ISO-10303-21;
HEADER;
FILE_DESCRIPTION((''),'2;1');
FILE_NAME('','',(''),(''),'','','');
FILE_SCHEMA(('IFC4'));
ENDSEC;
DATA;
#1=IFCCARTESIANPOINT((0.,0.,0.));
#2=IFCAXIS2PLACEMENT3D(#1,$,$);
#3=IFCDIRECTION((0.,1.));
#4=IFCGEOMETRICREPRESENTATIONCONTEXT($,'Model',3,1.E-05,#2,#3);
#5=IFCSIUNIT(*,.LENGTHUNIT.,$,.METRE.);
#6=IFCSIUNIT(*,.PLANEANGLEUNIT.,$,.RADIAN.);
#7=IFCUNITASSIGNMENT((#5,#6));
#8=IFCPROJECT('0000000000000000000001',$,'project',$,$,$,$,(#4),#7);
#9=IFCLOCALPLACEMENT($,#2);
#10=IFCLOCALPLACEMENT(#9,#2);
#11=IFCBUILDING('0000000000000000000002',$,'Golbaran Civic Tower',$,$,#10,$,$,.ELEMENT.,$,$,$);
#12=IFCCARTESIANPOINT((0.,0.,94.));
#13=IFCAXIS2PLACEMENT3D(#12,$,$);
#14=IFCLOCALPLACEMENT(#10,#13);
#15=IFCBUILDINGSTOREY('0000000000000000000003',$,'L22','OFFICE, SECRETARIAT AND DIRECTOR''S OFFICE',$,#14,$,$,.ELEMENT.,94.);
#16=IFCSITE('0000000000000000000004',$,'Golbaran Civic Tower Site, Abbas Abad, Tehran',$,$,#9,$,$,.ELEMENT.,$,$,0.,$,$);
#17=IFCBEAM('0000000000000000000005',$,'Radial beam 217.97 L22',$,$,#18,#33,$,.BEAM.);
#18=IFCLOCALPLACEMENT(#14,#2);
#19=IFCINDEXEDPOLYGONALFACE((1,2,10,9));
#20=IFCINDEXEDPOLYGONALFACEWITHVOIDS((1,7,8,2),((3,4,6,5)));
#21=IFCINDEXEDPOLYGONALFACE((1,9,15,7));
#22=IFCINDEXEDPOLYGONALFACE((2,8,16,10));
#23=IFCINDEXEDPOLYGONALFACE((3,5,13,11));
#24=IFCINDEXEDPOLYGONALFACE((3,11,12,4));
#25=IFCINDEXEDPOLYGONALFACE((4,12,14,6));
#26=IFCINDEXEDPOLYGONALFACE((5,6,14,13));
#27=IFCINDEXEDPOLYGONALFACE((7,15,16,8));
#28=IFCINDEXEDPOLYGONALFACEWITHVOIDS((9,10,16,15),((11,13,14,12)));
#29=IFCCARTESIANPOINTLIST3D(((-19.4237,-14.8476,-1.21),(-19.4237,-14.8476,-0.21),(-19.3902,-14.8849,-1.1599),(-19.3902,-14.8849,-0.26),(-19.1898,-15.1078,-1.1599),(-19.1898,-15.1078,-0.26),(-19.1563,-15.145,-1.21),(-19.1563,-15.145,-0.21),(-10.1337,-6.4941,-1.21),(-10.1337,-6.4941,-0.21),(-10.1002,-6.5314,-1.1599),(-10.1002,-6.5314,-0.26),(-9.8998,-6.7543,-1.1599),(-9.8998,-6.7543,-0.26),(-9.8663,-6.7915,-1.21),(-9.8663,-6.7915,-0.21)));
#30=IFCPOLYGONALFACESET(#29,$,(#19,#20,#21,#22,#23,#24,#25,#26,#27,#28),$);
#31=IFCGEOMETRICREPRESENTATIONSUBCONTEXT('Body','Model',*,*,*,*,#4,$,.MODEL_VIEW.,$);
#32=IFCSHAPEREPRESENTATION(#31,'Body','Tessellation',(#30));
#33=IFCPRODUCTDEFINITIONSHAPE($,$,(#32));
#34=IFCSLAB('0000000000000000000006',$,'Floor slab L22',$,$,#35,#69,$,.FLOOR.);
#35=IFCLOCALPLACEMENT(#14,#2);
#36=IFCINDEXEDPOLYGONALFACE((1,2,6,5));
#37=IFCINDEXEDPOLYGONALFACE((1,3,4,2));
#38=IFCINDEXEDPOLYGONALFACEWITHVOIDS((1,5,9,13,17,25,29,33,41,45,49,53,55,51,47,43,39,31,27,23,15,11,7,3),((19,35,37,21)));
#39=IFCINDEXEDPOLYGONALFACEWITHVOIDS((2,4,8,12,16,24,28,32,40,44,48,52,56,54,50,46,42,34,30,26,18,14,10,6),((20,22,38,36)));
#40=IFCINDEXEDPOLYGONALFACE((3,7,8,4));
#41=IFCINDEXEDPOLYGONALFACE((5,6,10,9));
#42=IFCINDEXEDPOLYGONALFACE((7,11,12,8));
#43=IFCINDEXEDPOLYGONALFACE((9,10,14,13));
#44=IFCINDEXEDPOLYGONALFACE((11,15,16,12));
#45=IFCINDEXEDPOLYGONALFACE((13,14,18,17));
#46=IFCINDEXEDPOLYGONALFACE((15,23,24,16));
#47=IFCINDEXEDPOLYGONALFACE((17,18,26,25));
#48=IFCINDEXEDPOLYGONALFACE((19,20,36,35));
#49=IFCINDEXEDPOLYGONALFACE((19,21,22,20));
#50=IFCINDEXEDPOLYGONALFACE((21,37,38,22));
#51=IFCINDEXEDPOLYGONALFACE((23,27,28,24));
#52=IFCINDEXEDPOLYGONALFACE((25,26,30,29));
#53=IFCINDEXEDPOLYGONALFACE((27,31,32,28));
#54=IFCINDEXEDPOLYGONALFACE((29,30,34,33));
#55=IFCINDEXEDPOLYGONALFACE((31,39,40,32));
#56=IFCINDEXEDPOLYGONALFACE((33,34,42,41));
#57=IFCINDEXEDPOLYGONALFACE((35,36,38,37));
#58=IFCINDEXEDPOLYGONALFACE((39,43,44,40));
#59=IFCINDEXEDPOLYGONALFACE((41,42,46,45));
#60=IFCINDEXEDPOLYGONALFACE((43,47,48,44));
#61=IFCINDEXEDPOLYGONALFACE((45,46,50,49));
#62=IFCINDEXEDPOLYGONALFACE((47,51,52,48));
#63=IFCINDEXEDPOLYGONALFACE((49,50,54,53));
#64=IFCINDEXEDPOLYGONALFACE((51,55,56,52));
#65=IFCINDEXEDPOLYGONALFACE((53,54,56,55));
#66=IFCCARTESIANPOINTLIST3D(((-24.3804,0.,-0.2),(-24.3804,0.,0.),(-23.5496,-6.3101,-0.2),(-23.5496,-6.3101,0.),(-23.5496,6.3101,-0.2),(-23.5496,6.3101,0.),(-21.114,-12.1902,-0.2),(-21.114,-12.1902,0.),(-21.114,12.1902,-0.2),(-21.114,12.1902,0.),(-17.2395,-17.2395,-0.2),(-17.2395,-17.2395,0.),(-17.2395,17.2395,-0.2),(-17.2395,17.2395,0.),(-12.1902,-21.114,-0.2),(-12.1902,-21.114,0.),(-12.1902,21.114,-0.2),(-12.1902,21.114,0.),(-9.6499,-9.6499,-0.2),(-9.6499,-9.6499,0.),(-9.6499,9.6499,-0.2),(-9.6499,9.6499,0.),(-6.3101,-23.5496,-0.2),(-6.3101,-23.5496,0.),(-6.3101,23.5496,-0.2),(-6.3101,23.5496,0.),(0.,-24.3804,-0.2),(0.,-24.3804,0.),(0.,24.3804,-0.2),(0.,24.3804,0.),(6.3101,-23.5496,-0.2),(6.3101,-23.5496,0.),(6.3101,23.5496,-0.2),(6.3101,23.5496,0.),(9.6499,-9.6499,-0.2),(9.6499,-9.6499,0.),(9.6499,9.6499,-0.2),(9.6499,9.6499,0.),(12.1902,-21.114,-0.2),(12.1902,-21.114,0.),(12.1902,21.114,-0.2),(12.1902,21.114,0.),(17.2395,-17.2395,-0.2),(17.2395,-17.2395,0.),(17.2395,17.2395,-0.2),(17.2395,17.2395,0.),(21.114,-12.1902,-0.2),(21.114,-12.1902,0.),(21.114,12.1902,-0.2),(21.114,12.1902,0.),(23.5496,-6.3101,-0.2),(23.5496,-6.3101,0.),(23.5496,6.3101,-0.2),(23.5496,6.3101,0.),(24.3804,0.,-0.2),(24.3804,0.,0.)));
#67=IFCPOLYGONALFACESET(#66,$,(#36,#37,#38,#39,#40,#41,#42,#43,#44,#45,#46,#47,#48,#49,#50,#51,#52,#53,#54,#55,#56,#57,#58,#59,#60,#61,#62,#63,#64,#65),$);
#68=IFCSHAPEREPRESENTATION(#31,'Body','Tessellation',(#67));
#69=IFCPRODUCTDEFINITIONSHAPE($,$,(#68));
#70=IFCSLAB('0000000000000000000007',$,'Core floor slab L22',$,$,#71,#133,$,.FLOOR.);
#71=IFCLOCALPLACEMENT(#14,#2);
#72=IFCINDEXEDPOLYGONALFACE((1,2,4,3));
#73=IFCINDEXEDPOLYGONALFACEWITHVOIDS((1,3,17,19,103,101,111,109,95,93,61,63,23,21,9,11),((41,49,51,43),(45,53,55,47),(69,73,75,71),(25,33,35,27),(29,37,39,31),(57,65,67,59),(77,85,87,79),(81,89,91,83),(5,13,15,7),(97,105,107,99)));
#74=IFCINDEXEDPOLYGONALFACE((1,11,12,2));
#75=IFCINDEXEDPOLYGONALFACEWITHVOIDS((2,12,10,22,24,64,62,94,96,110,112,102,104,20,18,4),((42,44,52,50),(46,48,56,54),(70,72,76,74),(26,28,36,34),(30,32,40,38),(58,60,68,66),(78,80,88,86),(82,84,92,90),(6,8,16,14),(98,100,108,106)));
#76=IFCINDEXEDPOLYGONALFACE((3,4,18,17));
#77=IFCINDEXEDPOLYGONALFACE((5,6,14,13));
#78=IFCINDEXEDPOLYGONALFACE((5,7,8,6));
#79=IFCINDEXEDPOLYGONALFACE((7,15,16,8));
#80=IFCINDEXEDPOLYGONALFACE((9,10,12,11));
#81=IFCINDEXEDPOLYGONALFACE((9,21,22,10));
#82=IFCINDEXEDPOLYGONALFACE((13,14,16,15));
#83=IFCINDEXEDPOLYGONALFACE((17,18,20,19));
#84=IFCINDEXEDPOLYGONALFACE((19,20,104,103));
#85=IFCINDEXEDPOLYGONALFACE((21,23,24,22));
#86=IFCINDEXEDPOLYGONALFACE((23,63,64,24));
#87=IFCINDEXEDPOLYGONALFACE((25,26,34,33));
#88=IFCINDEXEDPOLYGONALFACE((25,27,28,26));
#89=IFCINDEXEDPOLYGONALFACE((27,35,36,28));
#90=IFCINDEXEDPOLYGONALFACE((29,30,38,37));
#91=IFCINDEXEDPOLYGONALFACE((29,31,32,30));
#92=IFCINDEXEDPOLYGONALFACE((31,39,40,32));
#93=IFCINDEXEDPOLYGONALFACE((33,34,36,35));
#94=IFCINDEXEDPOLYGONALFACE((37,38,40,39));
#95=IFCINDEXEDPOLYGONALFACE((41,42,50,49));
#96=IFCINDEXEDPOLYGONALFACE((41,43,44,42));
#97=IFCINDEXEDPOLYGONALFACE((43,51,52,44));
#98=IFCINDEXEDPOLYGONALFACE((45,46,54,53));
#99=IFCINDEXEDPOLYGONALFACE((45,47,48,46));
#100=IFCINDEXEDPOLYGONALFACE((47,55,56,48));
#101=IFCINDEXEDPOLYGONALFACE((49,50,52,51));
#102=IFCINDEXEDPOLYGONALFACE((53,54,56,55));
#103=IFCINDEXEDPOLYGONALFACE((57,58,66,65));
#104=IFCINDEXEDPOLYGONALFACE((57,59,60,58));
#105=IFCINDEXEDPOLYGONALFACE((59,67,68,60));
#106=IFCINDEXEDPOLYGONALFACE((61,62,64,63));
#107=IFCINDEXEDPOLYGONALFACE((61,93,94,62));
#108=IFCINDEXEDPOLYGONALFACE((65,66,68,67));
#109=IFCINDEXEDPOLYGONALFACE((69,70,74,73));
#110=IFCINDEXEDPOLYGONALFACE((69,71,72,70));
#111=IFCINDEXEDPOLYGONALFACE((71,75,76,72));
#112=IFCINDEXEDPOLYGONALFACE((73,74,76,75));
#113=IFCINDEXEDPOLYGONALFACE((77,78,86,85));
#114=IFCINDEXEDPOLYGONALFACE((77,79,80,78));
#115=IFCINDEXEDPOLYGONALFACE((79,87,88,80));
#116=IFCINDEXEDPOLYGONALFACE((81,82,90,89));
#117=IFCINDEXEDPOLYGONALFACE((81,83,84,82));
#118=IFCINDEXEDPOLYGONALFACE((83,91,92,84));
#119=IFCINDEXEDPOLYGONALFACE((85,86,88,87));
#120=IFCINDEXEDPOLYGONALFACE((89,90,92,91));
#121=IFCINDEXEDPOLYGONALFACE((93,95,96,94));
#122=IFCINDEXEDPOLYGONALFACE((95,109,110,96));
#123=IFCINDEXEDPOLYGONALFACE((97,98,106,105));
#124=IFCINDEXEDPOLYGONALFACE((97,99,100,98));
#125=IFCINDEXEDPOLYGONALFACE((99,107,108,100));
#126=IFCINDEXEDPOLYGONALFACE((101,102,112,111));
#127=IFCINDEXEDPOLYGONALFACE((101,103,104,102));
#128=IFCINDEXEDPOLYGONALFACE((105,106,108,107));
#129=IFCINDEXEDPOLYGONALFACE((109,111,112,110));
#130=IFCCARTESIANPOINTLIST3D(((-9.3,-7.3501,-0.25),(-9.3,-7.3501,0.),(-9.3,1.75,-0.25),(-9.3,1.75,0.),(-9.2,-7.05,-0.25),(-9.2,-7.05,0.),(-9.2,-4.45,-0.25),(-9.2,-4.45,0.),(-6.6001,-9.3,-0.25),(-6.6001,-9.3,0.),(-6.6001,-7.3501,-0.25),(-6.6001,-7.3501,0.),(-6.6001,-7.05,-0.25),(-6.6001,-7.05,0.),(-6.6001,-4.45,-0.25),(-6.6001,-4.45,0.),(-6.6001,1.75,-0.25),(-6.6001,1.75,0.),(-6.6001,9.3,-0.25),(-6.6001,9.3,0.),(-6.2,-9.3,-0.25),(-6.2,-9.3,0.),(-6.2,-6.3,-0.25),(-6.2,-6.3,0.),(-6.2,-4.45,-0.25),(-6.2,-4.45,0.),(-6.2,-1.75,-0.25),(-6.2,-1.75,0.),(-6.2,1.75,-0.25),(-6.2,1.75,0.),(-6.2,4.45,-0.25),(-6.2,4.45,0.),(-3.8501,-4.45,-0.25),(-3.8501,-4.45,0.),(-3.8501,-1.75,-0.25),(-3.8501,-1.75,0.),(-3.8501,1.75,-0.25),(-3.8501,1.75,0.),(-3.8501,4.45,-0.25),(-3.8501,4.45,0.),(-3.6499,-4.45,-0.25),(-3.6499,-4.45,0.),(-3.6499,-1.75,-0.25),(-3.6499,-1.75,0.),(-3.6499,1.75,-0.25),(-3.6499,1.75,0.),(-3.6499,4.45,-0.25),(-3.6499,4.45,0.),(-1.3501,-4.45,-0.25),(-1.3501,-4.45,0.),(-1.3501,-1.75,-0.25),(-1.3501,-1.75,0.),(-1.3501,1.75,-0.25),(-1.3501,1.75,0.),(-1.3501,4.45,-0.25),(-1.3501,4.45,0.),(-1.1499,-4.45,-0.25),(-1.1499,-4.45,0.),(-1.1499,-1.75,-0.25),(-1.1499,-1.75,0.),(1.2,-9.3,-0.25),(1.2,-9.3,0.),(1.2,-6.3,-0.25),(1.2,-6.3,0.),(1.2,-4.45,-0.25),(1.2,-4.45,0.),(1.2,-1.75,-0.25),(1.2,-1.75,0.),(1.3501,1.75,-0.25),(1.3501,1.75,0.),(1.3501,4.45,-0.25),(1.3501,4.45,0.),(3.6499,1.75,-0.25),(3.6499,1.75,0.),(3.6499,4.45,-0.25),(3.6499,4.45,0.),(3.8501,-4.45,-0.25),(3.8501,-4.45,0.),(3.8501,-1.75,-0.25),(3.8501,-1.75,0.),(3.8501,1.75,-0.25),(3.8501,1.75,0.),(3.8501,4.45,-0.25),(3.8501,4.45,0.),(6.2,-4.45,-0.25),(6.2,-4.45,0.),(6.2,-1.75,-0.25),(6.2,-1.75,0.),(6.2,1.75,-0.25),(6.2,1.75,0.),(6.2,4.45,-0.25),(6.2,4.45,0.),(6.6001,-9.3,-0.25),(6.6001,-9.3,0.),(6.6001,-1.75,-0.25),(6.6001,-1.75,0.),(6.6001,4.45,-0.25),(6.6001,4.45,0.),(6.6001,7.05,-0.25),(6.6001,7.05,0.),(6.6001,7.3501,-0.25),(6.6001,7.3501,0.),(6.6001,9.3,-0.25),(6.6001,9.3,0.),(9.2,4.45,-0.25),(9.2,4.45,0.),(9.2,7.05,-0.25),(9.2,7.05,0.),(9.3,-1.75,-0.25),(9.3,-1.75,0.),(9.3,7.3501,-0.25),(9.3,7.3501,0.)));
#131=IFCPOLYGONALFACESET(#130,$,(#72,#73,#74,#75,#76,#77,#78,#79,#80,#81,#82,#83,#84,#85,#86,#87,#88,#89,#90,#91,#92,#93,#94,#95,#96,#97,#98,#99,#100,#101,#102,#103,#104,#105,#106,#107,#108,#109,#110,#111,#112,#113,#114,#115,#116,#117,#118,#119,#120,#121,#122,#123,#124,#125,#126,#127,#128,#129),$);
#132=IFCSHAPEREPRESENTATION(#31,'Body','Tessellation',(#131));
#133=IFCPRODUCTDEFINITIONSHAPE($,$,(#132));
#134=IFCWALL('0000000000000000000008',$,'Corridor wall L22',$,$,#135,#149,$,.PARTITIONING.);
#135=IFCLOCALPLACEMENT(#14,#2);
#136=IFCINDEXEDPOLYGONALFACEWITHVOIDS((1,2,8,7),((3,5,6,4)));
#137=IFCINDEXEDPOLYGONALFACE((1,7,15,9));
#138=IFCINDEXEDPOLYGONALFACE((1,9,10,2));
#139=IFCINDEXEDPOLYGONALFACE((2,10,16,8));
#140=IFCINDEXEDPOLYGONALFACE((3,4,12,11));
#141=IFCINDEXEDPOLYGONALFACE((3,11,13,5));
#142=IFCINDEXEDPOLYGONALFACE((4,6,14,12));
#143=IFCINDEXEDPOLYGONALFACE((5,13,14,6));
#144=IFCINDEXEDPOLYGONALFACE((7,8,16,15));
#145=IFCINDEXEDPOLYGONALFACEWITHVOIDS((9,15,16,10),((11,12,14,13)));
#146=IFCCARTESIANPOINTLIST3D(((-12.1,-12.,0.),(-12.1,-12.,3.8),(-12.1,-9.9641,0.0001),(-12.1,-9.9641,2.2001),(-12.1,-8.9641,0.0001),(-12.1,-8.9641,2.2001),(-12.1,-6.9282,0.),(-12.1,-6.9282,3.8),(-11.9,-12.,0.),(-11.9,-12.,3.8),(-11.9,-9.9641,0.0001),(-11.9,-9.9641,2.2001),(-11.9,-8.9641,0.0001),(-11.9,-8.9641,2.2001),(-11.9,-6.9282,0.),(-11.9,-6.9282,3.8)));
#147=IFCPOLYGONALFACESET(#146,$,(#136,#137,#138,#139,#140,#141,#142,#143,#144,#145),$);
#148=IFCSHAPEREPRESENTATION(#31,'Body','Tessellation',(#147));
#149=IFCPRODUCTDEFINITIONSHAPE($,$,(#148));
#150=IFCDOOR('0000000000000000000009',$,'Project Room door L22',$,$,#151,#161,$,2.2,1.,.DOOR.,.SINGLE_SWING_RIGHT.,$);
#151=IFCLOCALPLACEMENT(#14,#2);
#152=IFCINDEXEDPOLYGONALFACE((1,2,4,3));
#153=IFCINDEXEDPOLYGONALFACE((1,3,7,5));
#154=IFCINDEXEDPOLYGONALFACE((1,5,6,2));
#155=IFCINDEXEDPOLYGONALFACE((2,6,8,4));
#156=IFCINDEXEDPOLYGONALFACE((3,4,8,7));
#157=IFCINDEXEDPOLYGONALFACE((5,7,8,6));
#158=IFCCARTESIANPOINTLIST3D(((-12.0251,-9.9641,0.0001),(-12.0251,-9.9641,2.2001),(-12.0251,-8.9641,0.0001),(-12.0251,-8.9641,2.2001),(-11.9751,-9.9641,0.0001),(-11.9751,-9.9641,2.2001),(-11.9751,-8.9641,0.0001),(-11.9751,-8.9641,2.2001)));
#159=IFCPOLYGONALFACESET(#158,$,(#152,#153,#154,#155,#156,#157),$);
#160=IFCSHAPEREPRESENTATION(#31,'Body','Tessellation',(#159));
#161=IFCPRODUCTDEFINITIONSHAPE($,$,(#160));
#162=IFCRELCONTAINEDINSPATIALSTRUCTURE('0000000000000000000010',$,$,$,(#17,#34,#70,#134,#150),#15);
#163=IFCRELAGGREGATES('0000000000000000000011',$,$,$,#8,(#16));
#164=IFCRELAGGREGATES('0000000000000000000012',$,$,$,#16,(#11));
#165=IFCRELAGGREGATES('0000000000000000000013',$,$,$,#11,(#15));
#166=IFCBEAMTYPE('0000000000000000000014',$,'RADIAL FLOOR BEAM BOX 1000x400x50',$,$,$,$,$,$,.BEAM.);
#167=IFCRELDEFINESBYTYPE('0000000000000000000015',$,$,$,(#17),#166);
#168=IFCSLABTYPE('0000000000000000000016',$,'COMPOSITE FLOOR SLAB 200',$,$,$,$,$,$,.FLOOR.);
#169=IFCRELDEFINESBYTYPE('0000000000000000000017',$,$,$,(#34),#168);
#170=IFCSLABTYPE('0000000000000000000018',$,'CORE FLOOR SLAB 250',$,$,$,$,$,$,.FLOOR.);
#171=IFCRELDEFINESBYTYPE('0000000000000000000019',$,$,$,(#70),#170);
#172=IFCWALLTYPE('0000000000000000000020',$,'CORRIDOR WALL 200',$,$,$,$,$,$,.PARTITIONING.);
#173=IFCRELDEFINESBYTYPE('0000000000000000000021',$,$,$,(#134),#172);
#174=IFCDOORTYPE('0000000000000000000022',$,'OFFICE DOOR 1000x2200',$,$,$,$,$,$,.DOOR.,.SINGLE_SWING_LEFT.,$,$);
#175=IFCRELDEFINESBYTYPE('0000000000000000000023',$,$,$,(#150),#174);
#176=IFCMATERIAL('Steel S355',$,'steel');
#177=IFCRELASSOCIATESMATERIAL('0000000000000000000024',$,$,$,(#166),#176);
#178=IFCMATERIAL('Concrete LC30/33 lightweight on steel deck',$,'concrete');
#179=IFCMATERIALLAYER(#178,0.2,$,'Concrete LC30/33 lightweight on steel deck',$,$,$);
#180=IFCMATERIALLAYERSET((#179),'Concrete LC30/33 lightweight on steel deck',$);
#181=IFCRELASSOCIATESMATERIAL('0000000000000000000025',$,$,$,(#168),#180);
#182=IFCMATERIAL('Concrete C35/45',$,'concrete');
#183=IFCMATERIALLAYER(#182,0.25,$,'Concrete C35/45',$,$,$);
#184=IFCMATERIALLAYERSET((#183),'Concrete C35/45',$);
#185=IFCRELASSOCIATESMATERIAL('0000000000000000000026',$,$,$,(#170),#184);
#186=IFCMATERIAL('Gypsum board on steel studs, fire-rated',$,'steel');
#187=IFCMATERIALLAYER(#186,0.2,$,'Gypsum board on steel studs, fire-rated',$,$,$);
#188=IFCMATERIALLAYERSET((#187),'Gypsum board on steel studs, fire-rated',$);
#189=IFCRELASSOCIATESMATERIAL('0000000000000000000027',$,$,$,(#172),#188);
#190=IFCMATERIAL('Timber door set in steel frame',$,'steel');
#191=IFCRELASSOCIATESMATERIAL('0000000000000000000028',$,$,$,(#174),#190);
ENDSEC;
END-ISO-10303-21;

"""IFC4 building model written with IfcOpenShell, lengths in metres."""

from ifc_helpers import new_model, si_unit, direction, frame, frame_2d, origin, origin_2d, place, context, subcontext, project, spatial, polyline, rectangle, hollow_rectangle, outline, extrude, material, layer, layer_set, material_profile, profile_set, type_object, element, fill, save


model = new_model("IFC4")

# Units and contexts
model_context = context("Model", 3, precision=1e-05, world=origin(), true_north=direction((0.0, 1.0)))
body_context = subcontext(model_context, "Body", "Model", "MODEL_VIEW")
ifc_project = project(units=[si_unit("LENGTHUNIT", "METRE"), si_unit("PLANEANGLEUNIT", "RADIAN")], contexts=[model_context])

# Site, building, storey
site_placement = place(None, origin())
site = spatial("IfcSite", under=ifc_project, at=site_placement, Name="Golbaran Civic Tower Site, Abbas Abad, Tehran", CompositionType="ELEMENT", RefElevation=0.0)
building_placement = place(site_placement, origin())
building = spatial("IfcBuilding", under=site, at=building_placement, Name="Golbaran Civic Tower", CompositionType="ELEMENT")
storey_placement = place(building_placement, frame((0.0, 0.0, 94.0)))
storey = spatial("IfcBuildingStorey", under=building, at=storey_placement, Name="L22", Description="OFFICE, SECRETARIAT AND DIRECTOR'S OFFICE", CompositionType="ELEMENT", Elevation=94.0)

# Beam
ifc_material_1 = material(Name="Steel S355", Category="steel")
ifc_material_profile_1 = material_profile(ifc_material_1, hollow_rectangle(XDim=0.3999, YDim=1.0, WallThickness=0.05, at=origin_2d()), Name="BOX 1000x400x50")
ifc_profile_set_1 = profile_set([ifc_material_profile_1], Name="Steel S355")
beam_type_1 = type_object("IfcBeamType", Name="RADIAL FLOOR BEAM BOX 1000x400x50", PredefinedType="BEAM", material=ifc_profile_set_1)
beam_1_placement = place(storey_placement, frame((-10.0, -6.6428, -0.71), z_axis=(-0.743593, -0.668632, 0.0), x_axis=(0.668632, -0.743593, 0.0)))
element("IfcBeam", 1, at=beam_1_placement, inside=storey, type_object=beam_type_1, Name="Radial beam 217.97 L22", PredefinedType="BEAM", context=body_context, shape_type="SweptSolid", body=[
    extrude(hollow_rectangle(XDim=0.3999, YDim=1.0, WallThickness=0.05, at=origin_2d()), origin(), (0.0, 0.0, 1.0), 12.4934),
])

# Slabs
ifc_material_2 = material(Name="Concrete LC30/33 lightweight on steel deck", Category="concrete")
ifc_layer_1 = layer(ifc_material_2, 0.2, Name="Concrete LC30/33 lightweight on steel deck")
ifc_layer_set_1 = layer_set([ifc_layer_1], Name="Concrete LC30/33 lightweight on steel deck")
slab_type_1 = type_object("IfcSlabType", Name="COMPOSITE FLOOR SLAB 200", PredefinedType="FLOOR", material=ifc_layer_set_1)
slab_1_placement = place(storey_placement, frame((0.0, 0.0, -0.2)))
element("IfcSlab", 2, at=slab_1_placement, inside=storey, type_object=slab_type_1, Name="Floor slab L22", PredefinedType="FLOOR", context=body_context, shape_type="SweptSolid", body=[
    extrude(outline(polyline([(21.114, -12.1902), (17.2395, -17.2395), (12.1902, -21.114), (6.3101, -23.5496), (0.0, -24.3804), (-6.3101, -23.5496), (-12.1902, -21.114), (-17.2395, -17.2395), (-21.114, -12.1902), (-23.5496, -6.3101), (-24.3804, 0.0), (-23.5496, 6.3101), (-21.114, 12.1902), (-17.2395, 17.2395), (-12.1902, 21.114), (-6.3101, 23.5496), (0.0, 24.3804), (6.3101, 23.5496), (12.1902, 21.114), (17.2395, 17.2395), (21.114, 12.1902), (23.5496, 6.3101), (24.3804, 0.0), (23.5496, -6.3101), (21.114, -12.1902)]), holes=[polyline([(-9.6499, 9.6499), (-9.6499, -9.6499), (9.6499, -9.6499), (9.6499, 9.6499), (-9.6499, 9.6499)])]), origin(), (0.0, 0.0, 1.0), 0.2),
])
ifc_material_3 = material(Name="Concrete C35/45", Category="concrete")
ifc_layer_2 = layer(ifc_material_3, 0.25, Name="Concrete C35/45")
ifc_layer_set_2 = layer_set([ifc_layer_2], Name="Concrete C35/45")
slab_type_2 = type_object("IfcSlabType", Name="CORE FLOOR SLAB 250", PredefinedType="FLOOR", material=ifc_layer_set_2)
slab_2_placement = place(storey_placement, frame((0.0, 0.0, -0.25)))
element("IfcSlab", 3, at=slab_2_placement, inside=storey, type_object=slab_type_2, Name="Core floor slab L22", PredefinedType="FLOOR", context=body_context, shape_type="SweptSolid", body=[
    extrude(outline(polyline([(6.6001, -1.75), (6.6001, -9.3), (1.2, -9.3), (1.2, -6.3), (-6.2, -6.3), (-6.2, -9.3), (-6.6001, -9.3), (-6.6001, -7.3501), (-9.3, -7.3501), (-9.3, 1.75), (-6.6001, 1.75), (-6.6001, 9.3), (6.6001, 9.3), (6.6001, 7.3501), (9.3, 7.3501), (9.3, -1.75), (6.6001, -1.75)]), holes=[polyline([(9.2, 7.05), (6.6001, 7.05), (6.6001, 4.45), (9.2, 4.45), (9.2, 7.05)]), polyline([(6.2, -1.75), (3.8501, -1.75), (3.8501, -4.45), (6.2, -4.45), (6.2, -1.75)]), polyline([(6.2, 4.45), (3.8501, 4.45), (3.8501, 1.75), (6.2, 1.75), (6.2, 4.45)]), polyline([(3.6499, 4.45), (1.3501, 4.45), (1.3501, 1.75), (3.6499, 1.75), (3.6499, 4.45)]), polyline([(1.2, -1.75), (-1.1499, -1.75), (-1.1499, -4.45), (1.2, -4.45), (1.2, -1.75)]), polyline([(-1.3501, 4.45), (-3.6499, 4.45), (-3.6499, 1.75), (-1.3501, 1.75), (-1.3501, 4.45)]), polyline([(-1.3501, -1.75), (-3.6499, -1.75), (-3.6499, -4.45), (-1.3501, -4.45), (-1.3501, -1.75)]), polyline([(-3.8501, -1.75), (-6.2, -1.75), (-6.2, -4.45), (-3.8501, -4.45), (-3.8501, -1.75)]), polyline([(-3.8501, 4.45), (-6.2, 4.45), (-6.2, 1.75), (-3.8501, 1.75), (-3.8501, 4.45)]), polyline([(-6.6001, -4.45), (-9.2, -4.45), (-9.2, -7.05), (-6.6001, -7.05), (-6.6001, -4.45)])]), origin(), (0.0, 0.0, 1.0), 0.25),
])

# Wall, opening, door
ifc_material_4 = material(Name="Gypsum board on steel studs, fire-rated", Category="steel")
ifc_layer_3 = layer(ifc_material_4, 0.2, Name="Gypsum board on steel studs, fire-rated")
ifc_layer_set_3 = layer_set([ifc_layer_3], Name="Gypsum board on steel studs, fire-rated")
wall_type_1 = type_object("IfcWallType", Name="CORRIDOR WALL 200", PredefinedType="PARTITIONING", material=ifc_layer_set_3)
wall_1_placement = place(storey_placement, frame((-12.0, -6.9282, 0.0), z_axis=(0.0, 0.0, 1.0), x_axis=(0.0, -1.0, 0.0)))
wall_1 = element("IfcWall", 4, at=wall_1_placement, inside=storey, type_object=wall_type_1, Name="Corridor wall L22", PredefinedType="PARTITIONING", context=body_context, shape_type="SweptSolid", body=[
    extrude(rectangle(XDim=5.0718, YDim=0.2, at=frame_2d((2.5359, 0.0))), origin(), (0.0, 0.0, 1.0), 3.8),
])
opening_1_placement = place(wall_1_placement, frame((2.0359, 0.0, 0.0)))
opening_1 = element("IfcOpeningElement", 5, at=opening_1_placement, cuts=wall_1, PredefinedType="OPENING", context=body_context, shape_type="SweptSolid", body=[
    extrude(rectangle(XDim=1.0, YDim=2.2, at=frame_2d((0.5, 1.1001))), frame((0.0, 0.1099, 0.0), z_axis=(0.0, -1.0, 0.0), x_axis=(1.0, 0.0, 0.0)), (0.0, 0.0, 1.0), 0.22),
])
ifc_material_5 = material(Name="Timber door set in steel frame", Category="steel")
door_type_1 = type_object("IfcDoorType", Name="OFFICE DOOR 1000x2200", OperationType="SINGLE_SWING_LEFT", PredefinedType="DOOR", material=ifc_material_5)
door_1_placement = place(opening_1_placement, origin())
door_1 = element("IfcDoor", 6, at=door_1_placement, inside=storey, type_object=door_type_1, Name="Project Room door L22", OperationType="SINGLE_SWING_RIGHT", OverallHeight=2.2, OverallWidth=1.0, PredefinedType="DOOR", context=body_context, shape_type="SweptSolid", body=[
    extrude(rectangle(XDim=1.0, YDim=2.2, at=frame_2d((0.5, 1.1001))), frame((0.0, 0.0249, 0.0), z_axis=(0.0, -1.0, 0.0), x_axis=(1.0, 0.0, 0.0)), (0.0, 0.0, 1.0), 0.05),
])
fill(opening_1, door_1)

save(model, "model.ifc")
